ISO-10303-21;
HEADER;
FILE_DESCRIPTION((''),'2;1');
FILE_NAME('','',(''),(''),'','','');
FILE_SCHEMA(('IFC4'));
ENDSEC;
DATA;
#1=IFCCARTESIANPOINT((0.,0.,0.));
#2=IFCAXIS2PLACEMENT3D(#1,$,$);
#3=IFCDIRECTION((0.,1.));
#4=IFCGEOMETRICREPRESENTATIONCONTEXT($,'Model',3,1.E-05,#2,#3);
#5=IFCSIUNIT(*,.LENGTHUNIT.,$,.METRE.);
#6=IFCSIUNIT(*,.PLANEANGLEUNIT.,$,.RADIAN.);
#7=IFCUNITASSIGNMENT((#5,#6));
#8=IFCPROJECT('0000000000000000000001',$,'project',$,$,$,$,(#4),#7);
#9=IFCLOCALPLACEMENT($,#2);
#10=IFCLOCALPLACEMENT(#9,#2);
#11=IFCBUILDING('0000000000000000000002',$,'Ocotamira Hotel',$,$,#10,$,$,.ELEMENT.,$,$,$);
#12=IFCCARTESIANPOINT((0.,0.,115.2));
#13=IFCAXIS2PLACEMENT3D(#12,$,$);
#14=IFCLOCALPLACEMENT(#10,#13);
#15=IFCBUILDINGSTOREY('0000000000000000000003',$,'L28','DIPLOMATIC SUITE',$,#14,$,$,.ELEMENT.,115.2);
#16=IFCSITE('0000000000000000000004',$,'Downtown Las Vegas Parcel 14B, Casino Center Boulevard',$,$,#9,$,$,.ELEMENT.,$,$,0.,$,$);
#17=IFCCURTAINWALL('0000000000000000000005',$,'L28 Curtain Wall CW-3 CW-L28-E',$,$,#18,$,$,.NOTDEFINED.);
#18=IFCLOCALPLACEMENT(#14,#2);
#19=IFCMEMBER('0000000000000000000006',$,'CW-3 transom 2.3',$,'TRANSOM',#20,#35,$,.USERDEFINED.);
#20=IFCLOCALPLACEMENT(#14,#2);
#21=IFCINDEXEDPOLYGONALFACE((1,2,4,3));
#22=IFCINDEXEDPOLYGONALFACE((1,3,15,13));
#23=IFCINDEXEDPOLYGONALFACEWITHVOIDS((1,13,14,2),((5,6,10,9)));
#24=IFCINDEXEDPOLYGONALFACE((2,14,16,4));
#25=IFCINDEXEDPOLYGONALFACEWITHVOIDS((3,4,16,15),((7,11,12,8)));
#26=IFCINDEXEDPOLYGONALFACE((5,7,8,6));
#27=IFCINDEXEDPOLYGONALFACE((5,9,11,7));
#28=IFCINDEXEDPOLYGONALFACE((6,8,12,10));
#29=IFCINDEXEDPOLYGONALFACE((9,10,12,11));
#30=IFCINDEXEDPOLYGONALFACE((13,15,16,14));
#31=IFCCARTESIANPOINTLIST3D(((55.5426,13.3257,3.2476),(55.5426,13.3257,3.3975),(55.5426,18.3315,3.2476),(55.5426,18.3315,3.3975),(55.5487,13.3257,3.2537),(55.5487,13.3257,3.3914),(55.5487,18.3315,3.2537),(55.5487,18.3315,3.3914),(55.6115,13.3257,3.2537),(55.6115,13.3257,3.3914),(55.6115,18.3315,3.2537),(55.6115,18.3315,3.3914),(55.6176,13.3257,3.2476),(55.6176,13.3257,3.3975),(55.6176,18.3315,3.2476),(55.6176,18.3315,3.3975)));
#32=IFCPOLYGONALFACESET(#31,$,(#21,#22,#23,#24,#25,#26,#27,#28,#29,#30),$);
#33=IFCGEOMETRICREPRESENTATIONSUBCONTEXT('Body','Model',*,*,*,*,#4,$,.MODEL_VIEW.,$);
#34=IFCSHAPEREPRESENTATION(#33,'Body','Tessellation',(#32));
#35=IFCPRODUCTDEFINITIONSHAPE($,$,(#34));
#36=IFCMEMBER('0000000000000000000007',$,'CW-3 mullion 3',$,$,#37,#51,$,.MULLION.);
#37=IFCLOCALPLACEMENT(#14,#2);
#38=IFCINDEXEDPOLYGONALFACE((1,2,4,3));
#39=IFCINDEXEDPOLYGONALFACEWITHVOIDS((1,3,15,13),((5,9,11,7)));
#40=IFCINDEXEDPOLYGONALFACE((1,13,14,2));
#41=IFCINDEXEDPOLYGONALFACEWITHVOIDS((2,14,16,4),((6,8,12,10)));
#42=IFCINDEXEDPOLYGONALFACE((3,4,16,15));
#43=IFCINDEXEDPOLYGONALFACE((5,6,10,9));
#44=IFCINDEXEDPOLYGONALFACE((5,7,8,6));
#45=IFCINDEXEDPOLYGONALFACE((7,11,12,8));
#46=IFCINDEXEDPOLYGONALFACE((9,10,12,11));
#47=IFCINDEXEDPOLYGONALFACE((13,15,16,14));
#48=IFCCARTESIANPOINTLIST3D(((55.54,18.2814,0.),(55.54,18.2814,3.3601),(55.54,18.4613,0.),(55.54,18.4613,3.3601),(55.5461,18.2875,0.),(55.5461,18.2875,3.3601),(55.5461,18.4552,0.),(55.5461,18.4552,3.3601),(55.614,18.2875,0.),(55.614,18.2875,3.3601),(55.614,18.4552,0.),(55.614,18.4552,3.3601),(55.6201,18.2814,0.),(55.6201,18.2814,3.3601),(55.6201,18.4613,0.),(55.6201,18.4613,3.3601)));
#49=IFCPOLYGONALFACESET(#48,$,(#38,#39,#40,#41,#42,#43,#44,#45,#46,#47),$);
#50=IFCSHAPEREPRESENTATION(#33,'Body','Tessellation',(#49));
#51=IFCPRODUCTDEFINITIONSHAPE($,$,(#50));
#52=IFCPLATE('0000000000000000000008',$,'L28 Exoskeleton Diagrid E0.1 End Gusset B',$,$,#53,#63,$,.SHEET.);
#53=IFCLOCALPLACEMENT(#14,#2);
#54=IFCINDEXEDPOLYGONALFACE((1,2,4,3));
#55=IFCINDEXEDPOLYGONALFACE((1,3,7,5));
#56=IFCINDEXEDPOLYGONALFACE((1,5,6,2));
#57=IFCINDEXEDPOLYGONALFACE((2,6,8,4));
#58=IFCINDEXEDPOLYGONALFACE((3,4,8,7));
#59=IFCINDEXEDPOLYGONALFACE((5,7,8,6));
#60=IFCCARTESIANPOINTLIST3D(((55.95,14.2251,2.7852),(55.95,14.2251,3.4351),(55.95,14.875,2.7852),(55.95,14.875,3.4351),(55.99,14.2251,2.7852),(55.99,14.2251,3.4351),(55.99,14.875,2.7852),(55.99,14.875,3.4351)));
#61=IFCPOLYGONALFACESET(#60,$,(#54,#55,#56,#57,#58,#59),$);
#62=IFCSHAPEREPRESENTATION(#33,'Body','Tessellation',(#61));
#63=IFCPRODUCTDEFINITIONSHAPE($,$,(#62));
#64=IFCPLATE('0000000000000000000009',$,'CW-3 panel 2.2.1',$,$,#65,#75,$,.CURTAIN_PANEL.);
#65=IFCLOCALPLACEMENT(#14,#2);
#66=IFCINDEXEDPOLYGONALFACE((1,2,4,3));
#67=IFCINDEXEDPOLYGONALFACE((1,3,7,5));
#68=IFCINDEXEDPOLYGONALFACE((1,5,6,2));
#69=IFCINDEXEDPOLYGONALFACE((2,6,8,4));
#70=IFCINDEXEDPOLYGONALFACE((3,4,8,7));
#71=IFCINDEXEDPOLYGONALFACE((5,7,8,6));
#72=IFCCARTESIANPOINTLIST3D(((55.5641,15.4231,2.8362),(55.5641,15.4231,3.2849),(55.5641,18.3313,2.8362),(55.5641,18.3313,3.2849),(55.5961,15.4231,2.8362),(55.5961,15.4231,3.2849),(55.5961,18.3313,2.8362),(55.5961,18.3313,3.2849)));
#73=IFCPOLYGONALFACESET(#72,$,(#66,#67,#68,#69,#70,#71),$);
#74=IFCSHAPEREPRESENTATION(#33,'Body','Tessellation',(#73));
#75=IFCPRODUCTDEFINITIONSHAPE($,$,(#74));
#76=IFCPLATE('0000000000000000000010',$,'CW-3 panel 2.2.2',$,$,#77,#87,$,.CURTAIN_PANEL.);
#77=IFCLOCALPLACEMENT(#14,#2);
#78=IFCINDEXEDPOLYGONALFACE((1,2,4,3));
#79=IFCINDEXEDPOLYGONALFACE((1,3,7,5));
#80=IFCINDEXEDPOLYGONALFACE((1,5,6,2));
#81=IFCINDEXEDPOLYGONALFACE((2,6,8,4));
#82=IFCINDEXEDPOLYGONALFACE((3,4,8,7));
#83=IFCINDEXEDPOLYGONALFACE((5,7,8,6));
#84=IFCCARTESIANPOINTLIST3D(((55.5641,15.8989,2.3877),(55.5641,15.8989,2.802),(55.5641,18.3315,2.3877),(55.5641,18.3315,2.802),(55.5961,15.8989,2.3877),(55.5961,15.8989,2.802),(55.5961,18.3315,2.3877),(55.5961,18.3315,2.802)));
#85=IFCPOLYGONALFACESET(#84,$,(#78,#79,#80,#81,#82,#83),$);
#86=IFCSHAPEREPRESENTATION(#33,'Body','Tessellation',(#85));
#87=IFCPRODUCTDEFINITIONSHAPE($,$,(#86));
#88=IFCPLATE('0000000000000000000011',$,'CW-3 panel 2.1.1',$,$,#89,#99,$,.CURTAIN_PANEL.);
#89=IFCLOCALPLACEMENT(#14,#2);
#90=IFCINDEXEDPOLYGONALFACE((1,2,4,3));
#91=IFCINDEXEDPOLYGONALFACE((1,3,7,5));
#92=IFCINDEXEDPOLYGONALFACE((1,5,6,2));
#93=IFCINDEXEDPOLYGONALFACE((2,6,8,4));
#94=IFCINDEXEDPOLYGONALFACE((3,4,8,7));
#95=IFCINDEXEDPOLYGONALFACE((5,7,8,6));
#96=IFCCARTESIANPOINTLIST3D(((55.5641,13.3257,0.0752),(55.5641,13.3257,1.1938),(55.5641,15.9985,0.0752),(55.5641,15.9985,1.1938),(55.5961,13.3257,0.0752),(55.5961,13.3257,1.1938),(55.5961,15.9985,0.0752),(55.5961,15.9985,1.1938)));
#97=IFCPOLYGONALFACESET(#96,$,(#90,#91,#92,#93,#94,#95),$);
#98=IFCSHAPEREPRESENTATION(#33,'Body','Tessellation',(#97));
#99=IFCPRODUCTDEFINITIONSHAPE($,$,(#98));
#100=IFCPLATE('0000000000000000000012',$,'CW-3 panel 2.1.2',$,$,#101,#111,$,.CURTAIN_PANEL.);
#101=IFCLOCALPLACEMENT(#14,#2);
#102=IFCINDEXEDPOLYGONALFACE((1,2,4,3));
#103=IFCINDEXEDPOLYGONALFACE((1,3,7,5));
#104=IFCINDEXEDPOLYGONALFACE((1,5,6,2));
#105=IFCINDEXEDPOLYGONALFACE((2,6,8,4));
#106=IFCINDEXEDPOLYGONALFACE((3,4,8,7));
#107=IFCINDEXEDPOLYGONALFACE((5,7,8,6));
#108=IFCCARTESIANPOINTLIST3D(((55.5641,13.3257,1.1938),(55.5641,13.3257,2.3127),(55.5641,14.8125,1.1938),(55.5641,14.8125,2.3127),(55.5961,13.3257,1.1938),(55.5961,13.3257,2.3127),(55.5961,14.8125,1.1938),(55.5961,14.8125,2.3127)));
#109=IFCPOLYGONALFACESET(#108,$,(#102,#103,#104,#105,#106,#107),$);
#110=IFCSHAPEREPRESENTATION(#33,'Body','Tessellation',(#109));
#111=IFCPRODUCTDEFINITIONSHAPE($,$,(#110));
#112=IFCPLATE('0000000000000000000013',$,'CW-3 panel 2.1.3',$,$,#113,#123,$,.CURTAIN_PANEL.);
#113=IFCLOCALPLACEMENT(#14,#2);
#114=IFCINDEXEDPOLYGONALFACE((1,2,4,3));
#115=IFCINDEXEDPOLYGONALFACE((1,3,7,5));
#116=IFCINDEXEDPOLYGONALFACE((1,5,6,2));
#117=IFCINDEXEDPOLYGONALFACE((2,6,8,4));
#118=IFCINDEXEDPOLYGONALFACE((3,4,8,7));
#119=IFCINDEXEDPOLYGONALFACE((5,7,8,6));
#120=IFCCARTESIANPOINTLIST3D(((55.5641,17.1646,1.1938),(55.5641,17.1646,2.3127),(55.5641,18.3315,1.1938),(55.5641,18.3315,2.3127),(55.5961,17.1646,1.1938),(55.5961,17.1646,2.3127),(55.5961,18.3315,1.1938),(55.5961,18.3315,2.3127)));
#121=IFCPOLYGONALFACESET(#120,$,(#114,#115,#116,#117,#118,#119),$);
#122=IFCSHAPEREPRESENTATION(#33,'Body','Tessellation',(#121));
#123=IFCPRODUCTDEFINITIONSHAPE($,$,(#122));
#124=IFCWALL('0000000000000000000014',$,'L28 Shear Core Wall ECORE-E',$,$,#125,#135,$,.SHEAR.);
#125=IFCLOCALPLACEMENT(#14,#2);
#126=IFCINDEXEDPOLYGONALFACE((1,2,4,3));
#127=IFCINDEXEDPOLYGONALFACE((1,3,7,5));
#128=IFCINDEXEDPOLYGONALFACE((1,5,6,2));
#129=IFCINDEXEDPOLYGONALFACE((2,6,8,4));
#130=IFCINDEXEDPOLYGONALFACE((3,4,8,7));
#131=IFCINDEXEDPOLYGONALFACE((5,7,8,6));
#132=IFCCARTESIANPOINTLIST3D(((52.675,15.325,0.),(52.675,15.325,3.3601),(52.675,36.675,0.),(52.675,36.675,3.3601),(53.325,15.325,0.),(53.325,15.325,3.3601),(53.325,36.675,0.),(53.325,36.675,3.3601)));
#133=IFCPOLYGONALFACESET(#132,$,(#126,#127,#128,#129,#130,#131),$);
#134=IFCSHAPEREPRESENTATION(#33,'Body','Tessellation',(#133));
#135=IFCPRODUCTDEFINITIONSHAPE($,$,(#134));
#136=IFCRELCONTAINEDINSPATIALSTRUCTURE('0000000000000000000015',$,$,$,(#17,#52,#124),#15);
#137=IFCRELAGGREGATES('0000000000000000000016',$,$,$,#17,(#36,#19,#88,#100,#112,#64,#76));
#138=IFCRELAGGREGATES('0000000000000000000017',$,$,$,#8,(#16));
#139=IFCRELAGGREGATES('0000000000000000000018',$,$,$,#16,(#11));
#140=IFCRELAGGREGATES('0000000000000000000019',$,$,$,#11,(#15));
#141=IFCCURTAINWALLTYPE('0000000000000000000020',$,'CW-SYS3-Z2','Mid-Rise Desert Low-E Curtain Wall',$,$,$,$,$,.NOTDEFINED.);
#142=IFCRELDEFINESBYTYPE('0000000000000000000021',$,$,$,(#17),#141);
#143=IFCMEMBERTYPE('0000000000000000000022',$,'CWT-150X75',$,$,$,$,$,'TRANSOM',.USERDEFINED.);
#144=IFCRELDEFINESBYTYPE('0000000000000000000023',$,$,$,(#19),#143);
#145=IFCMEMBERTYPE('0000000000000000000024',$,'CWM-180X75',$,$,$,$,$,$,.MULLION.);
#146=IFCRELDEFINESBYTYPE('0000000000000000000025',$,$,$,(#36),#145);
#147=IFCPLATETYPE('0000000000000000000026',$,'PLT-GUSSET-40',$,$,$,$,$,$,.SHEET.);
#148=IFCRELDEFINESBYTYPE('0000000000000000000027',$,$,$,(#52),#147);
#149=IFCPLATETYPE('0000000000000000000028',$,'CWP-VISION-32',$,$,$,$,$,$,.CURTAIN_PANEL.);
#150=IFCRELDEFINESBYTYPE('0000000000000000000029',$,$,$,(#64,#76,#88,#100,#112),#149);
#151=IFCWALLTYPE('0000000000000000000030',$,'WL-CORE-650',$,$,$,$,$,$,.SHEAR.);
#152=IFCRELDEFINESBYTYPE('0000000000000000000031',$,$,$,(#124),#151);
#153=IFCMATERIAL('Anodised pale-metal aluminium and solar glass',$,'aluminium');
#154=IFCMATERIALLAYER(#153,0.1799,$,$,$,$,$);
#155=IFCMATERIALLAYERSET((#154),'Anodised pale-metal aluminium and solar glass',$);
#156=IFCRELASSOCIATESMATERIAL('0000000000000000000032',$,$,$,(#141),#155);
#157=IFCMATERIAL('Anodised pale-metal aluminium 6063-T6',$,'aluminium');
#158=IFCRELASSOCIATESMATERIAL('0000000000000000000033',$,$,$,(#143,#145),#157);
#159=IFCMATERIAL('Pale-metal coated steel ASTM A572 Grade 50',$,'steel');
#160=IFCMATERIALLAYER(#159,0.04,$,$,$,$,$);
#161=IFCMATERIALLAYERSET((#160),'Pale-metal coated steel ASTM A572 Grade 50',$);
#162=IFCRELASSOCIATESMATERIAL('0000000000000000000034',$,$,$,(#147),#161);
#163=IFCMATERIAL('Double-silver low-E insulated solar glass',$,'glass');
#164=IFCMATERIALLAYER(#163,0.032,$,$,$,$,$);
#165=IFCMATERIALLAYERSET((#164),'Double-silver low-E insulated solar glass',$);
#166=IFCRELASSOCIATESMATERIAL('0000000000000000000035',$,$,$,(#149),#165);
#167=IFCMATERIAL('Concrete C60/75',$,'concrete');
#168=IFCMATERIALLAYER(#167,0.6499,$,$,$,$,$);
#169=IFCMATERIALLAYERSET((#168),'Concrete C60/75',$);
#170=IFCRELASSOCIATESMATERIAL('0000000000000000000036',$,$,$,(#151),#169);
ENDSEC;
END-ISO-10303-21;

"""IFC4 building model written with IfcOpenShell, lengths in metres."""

from ifc_helpers import new_model, si_unit, direction, frame, frame_2d, origin, origin_2d, place, context, subcontext, project, spatial, rectangle, hollow_rectangle, extrude, source, transform, mapped, material, layer, layer_set, material_profile, profile_set, type_object, element, aggregate, save


model = new_model("IFC4")

# Units and contexts
model_context = context("Model", 3, precision=1e-05, world=origin(), true_north=direction((0.0, 1.0)))
body_context = subcontext(model_context, "Body", "Model", "MODEL_VIEW")
ifc_project = project(units=[si_unit("LENGTHUNIT", "METRE"), si_unit("PLANEANGLEUNIT", "RADIAN")], contexts=[model_context])

# Site, building, storey
site_placement = place(None, origin())
site = spatial("IfcSite", under=ifc_project, at=site_placement, Name="Downtown Las Vegas Parcel 14B, Casino Center Boulevard", CompositionType="ELEMENT", RefElevation=0.0)
building_placement = place(site_placement, origin())
building = spatial("IfcBuilding", under=site, at=building_placement, Name="Ocotamira Hotel", CompositionType="ELEMENT")
storey_placement = place(building_placement, frame((0.0, 0.0, 115.2)))
storey = spatial("IfcBuildingStorey", under=building, at=storey_placement, Name="L28", Description="DIPLOMATIC SUITE", CompositionType="ELEMENT", Elevation=115.2)

# Curtain wall, members
ifc_material_1 = material(Name="Anodised pale-metal aluminium and solar glass", Category="aluminium")
ifc_layer_1 = layer(ifc_material_1, 0.1799)
ifc_layer_set_1 = layer_set([ifc_layer_1], Name="Anodised pale-metal aluminium and solar glass")
curtain_wall_type = type_object("IfcCurtainWallType", Name="CW-SYS3-Z2", Description="Mid-Rise Desert Low-E Curtain Wall", PredefinedType="NOTDEFINED", material=ifc_layer_set_1)
curtain_wall_placement = place(storey_placement, origin())
curtain_wall = element("IfcCurtainWall", 1, at=curtain_wall_placement, inside=storey, type_object=curtain_wall_type, Name="L28 Curtain Wall CW-3 CW-L28-E", PredefinedType="NOTDEFINED")
ifc_material_2 = material(Name="Anodised pale-metal aluminium 6063-T6", Category="aluminium")
ifc_material_profile_1 = material_profile(ifc_material_2, hollow_rectangle(XDim=0.075, YDim=0.1499, WallThickness=0.0061, at=origin_2d()), Name="HSS150X75X6")
ifc_profile_set_1 = profile_set([ifc_material_profile_1], Name="Anodised pale-metal aluminium 6063-T6")
member_type_1 = type_object("IfcMemberType", Name="CWT-150X75", ElementType="TRANSOM", PredefinedType="USERDEFINED", material=ifc_profile_set_1)
shared_shape_1 = source(origin(), body_context, "Body", "SweptSolid", [
    extrude(hollow_rectangle(XDim=0.075, YDim=0.1499, WallThickness=0.0061, at=origin_2d()), origin(), (0.0, 0.0, 1.0), 5.0059),
])
member_1_placement = place(storey_placement, frame((55.5801, 13.3257, 3.3225), z_axis=(0.0, 1.0, 0.0), x_axis=(-1.0, 0.0, 0.0)))
member_1 = element("IfcMember", 2, at=member_1_placement, type_object=member_type_1, Name="CW-3 transom 2.3", ObjectType="TRANSOM", PredefinedType="USERDEFINED", context=body_context, shape_type="MappedRepresentation", body=[
    mapped(shared_shape_1, transform((0.0, 0.0, 0.0), scale=1.0)),
])
ifc_material_profile_2 = material_profile(ifc_material_2, hollow_rectangle(XDim=0.0801, YDim=0.1799, WallThickness=0.0061, at=origin_2d()), Name="HSS180X80X6")
ifc_profile_set_2 = profile_set([ifc_material_profile_2], Name="Anodised pale-metal aluminium 6063-T6")
member_type_2 = type_object("IfcMemberType", Name="CWM-180X75", PredefinedType="MULLION", material=ifc_profile_set_2)
shared_shape_2 = source(origin(), body_context, "Body", "SweptSolid", [
    extrude(hollow_rectangle(XDim=0.0801, YDim=0.1799, WallThickness=0.0061, at=origin_2d()), origin(), (0.0, 0.0, 1.0), 3.3601),
])
member_2_placement = place(storey_placement, frame((55.5801, 18.3713, 0.0), z_axis=(0.0, 0.0, 1.0), x_axis=(-1.0, 0.0, 0.0)))
member_2 = element("IfcMember", 3, at=member_2_placement, type_object=member_type_2, Name="CW-3 mullion 3", PredefinedType="MULLION", context=body_context, shape_type="MappedRepresentation", body=[
    mapped(shared_shape_2, transform((0.0, 0.0, 0.0), scale=1.0)),
])

# Plates
ifc_material_3 = material(Name="Pale-metal coated steel ASTM A572 Grade 50", Category="steel")
ifc_layer_2 = layer(ifc_material_3, 0.04)
ifc_layer_set_2 = layer_set([ifc_layer_2], Name="Pale-metal coated steel ASTM A572 Grade 50")
plate_type_1 = type_object("IfcPlateType", Name="PLT-GUSSET-40", PredefinedType="SHEET", material=ifc_layer_set_2)
shared_shape_3 = source(origin(), body_context, "Body", "SweptSolid", [
    extrude(rectangle(XDim=0.04, YDim=0.6499, at=origin_2d()), origin(), (0.0, 0.0, 1.0), 0.6499),
])
plate_1_placement = place(storey_placement, frame((55.97, 14.55, 2.7852), z_axis=(0.0, 0.0, 1.0), x_axis=(1.0, 0.0, 0.0)))
element("IfcPlate", 4, at=plate_1_placement, inside=storey, type_object=plate_type_1, Name="L28 Exoskeleton Diagrid E0.1 End Gusset B", PredefinedType="SHEET", context=body_context, shape_type="MappedRepresentation", body=[
    mapped(shared_shape_3, transform((0.0, 0.0, 0.0), scale=1.0)),
])
ifc_material_4 = material(Name="Double-silver low-E insulated solar glass", Category="glass")
ifc_layer_3 = layer(ifc_material_4, 0.032)
ifc_layer_set_3 = layer_set([ifc_layer_3], Name="Double-silver low-E insulated solar glass")
plate_type_2 = type_object("IfcPlateType", Name="CWP-VISION-32", PredefinedType="CURTAIN_PANEL", material=ifc_layer_set_3)
shared_shape_4 = source(origin(), body_context, "Body", "SweptSolid", [
    extrude(rectangle(XDim=2.9082, YDim=0.032, at=origin_2d()), origin(), (0.0, 0.0, 1.0), 0.4487),
])
plate_2_placement = place(storey_placement, frame((55.5801, 16.8772, 2.8362), z_axis=(0.0, 0.0, 1.0), x_axis=(0.0, 1.0, 0.0)))
plate_2 = element("IfcPlate", 5, at=plate_2_placement, type_object=plate_type_2, Name="CW-3 panel 2.2.1", PredefinedType="CURTAIN_PANEL", context=body_context, shape_type="MappedRepresentation", body=[
    mapped(shared_shape_4, transform((0.0, 0.0, 0.0), scale=1.0)),
])
shared_shape_5 = source(origin(), body_context, "Body", "SweptSolid", [
    extrude(rectangle(XDim=2.4326, YDim=0.032, at=origin_2d()), origin(), (0.0, 0.0, 1.0), 0.4143),
])
plate_3_placement = place(storey_placement, frame((55.5801, 17.1152, 2.3877), z_axis=(0.0, 0.0, 1.0), x_axis=(0.0, 1.0, 0.0)))
plate_3 = element("IfcPlate", 6, at=plate_3_placement, type_object=plate_type_2, Name="CW-3 panel 2.2.2", PredefinedType="CURTAIN_PANEL", context=body_context, shape_type="MappedRepresentation", body=[
    mapped(shared_shape_5, transform((0.0, 0.0, 0.0), scale=1.0)),
])
shared_shape_6 = source(origin(), body_context, "Body", "SweptSolid", [
    extrude(rectangle(XDim=2.6729, YDim=0.032, at=origin_2d()), origin(), (0.0, 0.0, 1.0), 1.1187),
])
plate_4_placement = place(storey_placement, frame((55.5801, 14.6621, 0.0752), z_axis=(0.0, 0.0, 1.0), x_axis=(0.0, 1.0, 0.0)))
plate_4 = element("IfcPlate", 7, at=plate_4_placement, type_object=plate_type_2, Name="CW-3 panel 2.1.1", PredefinedType="CURTAIN_PANEL", context=body_context, shape_type="MappedRepresentation", body=[
    mapped(shared_shape_6, transform((0.0, 0.0, 0.0), scale=1.0)),
])
shared_shape_7 = source(origin(), body_context, "Body", "SweptSolid", [
    extrude(rectangle(XDim=1.4868, YDim=0.032, at=origin_2d()), origin(), (0.0, 0.0, 1.0), 1.1189),
])
plate_5_placement = place(storey_placement, frame((55.5801, 14.0691, 1.1938), z_axis=(0.0, 0.0, 1.0), x_axis=(0.0, 1.0, 0.0)))
plate_5 = element("IfcPlate", 8, at=plate_5_placement, type_object=plate_type_2, Name="CW-3 panel 2.1.2", PredefinedType="CURTAIN_PANEL", context=body_context, shape_type="MappedRepresentation", body=[
    mapped(shared_shape_7, transform((0.0, 0.0, 0.0), scale=1.0)),
])
shared_shape_8 = source(origin(), body_context, "Body", "SweptSolid", [
    extrude(rectangle(XDim=1.167, YDim=0.032, at=origin_2d()), origin(), (0.0, 0.0, 1.0), 1.1189),
])
plate_6_placement = place(storey_placement, frame((55.5801, 17.748, 1.1938), z_axis=(0.0, 0.0, 1.0), x_axis=(0.0, 1.0, 0.0)))
plate_6 = element("IfcPlate", 9, at=plate_6_placement, type_object=plate_type_2, Name="CW-3 panel 2.1.3", PredefinedType="CURTAIN_PANEL", context=body_context, shape_type="MappedRepresentation", body=[
    mapped(shared_shape_8, transform((0.0, 0.0, 0.0), scale=1.0)),
])
aggregate(curtain_wall, [member_2, member_1, plate_4, plate_5, plate_6, plate_2, plate_3])

# Wall
ifc_material_5 = material(Name="Concrete C60/75", Category="concrete")
ifc_layer_4 = layer(ifc_material_5, 0.6499)
ifc_layer_set_4 = layer_set([ifc_layer_4], Name="Concrete C60/75")
wall_type_1 = type_object("IfcWallType", Name="WL-CORE-650", PredefinedType="SHEAR", material=ifc_layer_set_4)
wall_1_placement = place(storey_placement, frame((53.0, 15.325, 0.0), z_axis=(0.0, 0.0, 1.0), x_axis=(0.0, 1.0, 0.0)))
element("IfcWall", 10, at=wall_1_placement, inside=storey, type_object=wall_type_1, Name="L28 Shear Core Wall ECORE-E", PredefinedType="SHEAR", context=body_context, shape_type="SweptSolid", body=[
    extrude(rectangle(XDim=21.3501, YDim=0.6499, at=frame_2d((10.675, 0.0))), origin(), (0.0, 0.0, 1.0), 3.3601),
])

save(model, "model.ifc")
